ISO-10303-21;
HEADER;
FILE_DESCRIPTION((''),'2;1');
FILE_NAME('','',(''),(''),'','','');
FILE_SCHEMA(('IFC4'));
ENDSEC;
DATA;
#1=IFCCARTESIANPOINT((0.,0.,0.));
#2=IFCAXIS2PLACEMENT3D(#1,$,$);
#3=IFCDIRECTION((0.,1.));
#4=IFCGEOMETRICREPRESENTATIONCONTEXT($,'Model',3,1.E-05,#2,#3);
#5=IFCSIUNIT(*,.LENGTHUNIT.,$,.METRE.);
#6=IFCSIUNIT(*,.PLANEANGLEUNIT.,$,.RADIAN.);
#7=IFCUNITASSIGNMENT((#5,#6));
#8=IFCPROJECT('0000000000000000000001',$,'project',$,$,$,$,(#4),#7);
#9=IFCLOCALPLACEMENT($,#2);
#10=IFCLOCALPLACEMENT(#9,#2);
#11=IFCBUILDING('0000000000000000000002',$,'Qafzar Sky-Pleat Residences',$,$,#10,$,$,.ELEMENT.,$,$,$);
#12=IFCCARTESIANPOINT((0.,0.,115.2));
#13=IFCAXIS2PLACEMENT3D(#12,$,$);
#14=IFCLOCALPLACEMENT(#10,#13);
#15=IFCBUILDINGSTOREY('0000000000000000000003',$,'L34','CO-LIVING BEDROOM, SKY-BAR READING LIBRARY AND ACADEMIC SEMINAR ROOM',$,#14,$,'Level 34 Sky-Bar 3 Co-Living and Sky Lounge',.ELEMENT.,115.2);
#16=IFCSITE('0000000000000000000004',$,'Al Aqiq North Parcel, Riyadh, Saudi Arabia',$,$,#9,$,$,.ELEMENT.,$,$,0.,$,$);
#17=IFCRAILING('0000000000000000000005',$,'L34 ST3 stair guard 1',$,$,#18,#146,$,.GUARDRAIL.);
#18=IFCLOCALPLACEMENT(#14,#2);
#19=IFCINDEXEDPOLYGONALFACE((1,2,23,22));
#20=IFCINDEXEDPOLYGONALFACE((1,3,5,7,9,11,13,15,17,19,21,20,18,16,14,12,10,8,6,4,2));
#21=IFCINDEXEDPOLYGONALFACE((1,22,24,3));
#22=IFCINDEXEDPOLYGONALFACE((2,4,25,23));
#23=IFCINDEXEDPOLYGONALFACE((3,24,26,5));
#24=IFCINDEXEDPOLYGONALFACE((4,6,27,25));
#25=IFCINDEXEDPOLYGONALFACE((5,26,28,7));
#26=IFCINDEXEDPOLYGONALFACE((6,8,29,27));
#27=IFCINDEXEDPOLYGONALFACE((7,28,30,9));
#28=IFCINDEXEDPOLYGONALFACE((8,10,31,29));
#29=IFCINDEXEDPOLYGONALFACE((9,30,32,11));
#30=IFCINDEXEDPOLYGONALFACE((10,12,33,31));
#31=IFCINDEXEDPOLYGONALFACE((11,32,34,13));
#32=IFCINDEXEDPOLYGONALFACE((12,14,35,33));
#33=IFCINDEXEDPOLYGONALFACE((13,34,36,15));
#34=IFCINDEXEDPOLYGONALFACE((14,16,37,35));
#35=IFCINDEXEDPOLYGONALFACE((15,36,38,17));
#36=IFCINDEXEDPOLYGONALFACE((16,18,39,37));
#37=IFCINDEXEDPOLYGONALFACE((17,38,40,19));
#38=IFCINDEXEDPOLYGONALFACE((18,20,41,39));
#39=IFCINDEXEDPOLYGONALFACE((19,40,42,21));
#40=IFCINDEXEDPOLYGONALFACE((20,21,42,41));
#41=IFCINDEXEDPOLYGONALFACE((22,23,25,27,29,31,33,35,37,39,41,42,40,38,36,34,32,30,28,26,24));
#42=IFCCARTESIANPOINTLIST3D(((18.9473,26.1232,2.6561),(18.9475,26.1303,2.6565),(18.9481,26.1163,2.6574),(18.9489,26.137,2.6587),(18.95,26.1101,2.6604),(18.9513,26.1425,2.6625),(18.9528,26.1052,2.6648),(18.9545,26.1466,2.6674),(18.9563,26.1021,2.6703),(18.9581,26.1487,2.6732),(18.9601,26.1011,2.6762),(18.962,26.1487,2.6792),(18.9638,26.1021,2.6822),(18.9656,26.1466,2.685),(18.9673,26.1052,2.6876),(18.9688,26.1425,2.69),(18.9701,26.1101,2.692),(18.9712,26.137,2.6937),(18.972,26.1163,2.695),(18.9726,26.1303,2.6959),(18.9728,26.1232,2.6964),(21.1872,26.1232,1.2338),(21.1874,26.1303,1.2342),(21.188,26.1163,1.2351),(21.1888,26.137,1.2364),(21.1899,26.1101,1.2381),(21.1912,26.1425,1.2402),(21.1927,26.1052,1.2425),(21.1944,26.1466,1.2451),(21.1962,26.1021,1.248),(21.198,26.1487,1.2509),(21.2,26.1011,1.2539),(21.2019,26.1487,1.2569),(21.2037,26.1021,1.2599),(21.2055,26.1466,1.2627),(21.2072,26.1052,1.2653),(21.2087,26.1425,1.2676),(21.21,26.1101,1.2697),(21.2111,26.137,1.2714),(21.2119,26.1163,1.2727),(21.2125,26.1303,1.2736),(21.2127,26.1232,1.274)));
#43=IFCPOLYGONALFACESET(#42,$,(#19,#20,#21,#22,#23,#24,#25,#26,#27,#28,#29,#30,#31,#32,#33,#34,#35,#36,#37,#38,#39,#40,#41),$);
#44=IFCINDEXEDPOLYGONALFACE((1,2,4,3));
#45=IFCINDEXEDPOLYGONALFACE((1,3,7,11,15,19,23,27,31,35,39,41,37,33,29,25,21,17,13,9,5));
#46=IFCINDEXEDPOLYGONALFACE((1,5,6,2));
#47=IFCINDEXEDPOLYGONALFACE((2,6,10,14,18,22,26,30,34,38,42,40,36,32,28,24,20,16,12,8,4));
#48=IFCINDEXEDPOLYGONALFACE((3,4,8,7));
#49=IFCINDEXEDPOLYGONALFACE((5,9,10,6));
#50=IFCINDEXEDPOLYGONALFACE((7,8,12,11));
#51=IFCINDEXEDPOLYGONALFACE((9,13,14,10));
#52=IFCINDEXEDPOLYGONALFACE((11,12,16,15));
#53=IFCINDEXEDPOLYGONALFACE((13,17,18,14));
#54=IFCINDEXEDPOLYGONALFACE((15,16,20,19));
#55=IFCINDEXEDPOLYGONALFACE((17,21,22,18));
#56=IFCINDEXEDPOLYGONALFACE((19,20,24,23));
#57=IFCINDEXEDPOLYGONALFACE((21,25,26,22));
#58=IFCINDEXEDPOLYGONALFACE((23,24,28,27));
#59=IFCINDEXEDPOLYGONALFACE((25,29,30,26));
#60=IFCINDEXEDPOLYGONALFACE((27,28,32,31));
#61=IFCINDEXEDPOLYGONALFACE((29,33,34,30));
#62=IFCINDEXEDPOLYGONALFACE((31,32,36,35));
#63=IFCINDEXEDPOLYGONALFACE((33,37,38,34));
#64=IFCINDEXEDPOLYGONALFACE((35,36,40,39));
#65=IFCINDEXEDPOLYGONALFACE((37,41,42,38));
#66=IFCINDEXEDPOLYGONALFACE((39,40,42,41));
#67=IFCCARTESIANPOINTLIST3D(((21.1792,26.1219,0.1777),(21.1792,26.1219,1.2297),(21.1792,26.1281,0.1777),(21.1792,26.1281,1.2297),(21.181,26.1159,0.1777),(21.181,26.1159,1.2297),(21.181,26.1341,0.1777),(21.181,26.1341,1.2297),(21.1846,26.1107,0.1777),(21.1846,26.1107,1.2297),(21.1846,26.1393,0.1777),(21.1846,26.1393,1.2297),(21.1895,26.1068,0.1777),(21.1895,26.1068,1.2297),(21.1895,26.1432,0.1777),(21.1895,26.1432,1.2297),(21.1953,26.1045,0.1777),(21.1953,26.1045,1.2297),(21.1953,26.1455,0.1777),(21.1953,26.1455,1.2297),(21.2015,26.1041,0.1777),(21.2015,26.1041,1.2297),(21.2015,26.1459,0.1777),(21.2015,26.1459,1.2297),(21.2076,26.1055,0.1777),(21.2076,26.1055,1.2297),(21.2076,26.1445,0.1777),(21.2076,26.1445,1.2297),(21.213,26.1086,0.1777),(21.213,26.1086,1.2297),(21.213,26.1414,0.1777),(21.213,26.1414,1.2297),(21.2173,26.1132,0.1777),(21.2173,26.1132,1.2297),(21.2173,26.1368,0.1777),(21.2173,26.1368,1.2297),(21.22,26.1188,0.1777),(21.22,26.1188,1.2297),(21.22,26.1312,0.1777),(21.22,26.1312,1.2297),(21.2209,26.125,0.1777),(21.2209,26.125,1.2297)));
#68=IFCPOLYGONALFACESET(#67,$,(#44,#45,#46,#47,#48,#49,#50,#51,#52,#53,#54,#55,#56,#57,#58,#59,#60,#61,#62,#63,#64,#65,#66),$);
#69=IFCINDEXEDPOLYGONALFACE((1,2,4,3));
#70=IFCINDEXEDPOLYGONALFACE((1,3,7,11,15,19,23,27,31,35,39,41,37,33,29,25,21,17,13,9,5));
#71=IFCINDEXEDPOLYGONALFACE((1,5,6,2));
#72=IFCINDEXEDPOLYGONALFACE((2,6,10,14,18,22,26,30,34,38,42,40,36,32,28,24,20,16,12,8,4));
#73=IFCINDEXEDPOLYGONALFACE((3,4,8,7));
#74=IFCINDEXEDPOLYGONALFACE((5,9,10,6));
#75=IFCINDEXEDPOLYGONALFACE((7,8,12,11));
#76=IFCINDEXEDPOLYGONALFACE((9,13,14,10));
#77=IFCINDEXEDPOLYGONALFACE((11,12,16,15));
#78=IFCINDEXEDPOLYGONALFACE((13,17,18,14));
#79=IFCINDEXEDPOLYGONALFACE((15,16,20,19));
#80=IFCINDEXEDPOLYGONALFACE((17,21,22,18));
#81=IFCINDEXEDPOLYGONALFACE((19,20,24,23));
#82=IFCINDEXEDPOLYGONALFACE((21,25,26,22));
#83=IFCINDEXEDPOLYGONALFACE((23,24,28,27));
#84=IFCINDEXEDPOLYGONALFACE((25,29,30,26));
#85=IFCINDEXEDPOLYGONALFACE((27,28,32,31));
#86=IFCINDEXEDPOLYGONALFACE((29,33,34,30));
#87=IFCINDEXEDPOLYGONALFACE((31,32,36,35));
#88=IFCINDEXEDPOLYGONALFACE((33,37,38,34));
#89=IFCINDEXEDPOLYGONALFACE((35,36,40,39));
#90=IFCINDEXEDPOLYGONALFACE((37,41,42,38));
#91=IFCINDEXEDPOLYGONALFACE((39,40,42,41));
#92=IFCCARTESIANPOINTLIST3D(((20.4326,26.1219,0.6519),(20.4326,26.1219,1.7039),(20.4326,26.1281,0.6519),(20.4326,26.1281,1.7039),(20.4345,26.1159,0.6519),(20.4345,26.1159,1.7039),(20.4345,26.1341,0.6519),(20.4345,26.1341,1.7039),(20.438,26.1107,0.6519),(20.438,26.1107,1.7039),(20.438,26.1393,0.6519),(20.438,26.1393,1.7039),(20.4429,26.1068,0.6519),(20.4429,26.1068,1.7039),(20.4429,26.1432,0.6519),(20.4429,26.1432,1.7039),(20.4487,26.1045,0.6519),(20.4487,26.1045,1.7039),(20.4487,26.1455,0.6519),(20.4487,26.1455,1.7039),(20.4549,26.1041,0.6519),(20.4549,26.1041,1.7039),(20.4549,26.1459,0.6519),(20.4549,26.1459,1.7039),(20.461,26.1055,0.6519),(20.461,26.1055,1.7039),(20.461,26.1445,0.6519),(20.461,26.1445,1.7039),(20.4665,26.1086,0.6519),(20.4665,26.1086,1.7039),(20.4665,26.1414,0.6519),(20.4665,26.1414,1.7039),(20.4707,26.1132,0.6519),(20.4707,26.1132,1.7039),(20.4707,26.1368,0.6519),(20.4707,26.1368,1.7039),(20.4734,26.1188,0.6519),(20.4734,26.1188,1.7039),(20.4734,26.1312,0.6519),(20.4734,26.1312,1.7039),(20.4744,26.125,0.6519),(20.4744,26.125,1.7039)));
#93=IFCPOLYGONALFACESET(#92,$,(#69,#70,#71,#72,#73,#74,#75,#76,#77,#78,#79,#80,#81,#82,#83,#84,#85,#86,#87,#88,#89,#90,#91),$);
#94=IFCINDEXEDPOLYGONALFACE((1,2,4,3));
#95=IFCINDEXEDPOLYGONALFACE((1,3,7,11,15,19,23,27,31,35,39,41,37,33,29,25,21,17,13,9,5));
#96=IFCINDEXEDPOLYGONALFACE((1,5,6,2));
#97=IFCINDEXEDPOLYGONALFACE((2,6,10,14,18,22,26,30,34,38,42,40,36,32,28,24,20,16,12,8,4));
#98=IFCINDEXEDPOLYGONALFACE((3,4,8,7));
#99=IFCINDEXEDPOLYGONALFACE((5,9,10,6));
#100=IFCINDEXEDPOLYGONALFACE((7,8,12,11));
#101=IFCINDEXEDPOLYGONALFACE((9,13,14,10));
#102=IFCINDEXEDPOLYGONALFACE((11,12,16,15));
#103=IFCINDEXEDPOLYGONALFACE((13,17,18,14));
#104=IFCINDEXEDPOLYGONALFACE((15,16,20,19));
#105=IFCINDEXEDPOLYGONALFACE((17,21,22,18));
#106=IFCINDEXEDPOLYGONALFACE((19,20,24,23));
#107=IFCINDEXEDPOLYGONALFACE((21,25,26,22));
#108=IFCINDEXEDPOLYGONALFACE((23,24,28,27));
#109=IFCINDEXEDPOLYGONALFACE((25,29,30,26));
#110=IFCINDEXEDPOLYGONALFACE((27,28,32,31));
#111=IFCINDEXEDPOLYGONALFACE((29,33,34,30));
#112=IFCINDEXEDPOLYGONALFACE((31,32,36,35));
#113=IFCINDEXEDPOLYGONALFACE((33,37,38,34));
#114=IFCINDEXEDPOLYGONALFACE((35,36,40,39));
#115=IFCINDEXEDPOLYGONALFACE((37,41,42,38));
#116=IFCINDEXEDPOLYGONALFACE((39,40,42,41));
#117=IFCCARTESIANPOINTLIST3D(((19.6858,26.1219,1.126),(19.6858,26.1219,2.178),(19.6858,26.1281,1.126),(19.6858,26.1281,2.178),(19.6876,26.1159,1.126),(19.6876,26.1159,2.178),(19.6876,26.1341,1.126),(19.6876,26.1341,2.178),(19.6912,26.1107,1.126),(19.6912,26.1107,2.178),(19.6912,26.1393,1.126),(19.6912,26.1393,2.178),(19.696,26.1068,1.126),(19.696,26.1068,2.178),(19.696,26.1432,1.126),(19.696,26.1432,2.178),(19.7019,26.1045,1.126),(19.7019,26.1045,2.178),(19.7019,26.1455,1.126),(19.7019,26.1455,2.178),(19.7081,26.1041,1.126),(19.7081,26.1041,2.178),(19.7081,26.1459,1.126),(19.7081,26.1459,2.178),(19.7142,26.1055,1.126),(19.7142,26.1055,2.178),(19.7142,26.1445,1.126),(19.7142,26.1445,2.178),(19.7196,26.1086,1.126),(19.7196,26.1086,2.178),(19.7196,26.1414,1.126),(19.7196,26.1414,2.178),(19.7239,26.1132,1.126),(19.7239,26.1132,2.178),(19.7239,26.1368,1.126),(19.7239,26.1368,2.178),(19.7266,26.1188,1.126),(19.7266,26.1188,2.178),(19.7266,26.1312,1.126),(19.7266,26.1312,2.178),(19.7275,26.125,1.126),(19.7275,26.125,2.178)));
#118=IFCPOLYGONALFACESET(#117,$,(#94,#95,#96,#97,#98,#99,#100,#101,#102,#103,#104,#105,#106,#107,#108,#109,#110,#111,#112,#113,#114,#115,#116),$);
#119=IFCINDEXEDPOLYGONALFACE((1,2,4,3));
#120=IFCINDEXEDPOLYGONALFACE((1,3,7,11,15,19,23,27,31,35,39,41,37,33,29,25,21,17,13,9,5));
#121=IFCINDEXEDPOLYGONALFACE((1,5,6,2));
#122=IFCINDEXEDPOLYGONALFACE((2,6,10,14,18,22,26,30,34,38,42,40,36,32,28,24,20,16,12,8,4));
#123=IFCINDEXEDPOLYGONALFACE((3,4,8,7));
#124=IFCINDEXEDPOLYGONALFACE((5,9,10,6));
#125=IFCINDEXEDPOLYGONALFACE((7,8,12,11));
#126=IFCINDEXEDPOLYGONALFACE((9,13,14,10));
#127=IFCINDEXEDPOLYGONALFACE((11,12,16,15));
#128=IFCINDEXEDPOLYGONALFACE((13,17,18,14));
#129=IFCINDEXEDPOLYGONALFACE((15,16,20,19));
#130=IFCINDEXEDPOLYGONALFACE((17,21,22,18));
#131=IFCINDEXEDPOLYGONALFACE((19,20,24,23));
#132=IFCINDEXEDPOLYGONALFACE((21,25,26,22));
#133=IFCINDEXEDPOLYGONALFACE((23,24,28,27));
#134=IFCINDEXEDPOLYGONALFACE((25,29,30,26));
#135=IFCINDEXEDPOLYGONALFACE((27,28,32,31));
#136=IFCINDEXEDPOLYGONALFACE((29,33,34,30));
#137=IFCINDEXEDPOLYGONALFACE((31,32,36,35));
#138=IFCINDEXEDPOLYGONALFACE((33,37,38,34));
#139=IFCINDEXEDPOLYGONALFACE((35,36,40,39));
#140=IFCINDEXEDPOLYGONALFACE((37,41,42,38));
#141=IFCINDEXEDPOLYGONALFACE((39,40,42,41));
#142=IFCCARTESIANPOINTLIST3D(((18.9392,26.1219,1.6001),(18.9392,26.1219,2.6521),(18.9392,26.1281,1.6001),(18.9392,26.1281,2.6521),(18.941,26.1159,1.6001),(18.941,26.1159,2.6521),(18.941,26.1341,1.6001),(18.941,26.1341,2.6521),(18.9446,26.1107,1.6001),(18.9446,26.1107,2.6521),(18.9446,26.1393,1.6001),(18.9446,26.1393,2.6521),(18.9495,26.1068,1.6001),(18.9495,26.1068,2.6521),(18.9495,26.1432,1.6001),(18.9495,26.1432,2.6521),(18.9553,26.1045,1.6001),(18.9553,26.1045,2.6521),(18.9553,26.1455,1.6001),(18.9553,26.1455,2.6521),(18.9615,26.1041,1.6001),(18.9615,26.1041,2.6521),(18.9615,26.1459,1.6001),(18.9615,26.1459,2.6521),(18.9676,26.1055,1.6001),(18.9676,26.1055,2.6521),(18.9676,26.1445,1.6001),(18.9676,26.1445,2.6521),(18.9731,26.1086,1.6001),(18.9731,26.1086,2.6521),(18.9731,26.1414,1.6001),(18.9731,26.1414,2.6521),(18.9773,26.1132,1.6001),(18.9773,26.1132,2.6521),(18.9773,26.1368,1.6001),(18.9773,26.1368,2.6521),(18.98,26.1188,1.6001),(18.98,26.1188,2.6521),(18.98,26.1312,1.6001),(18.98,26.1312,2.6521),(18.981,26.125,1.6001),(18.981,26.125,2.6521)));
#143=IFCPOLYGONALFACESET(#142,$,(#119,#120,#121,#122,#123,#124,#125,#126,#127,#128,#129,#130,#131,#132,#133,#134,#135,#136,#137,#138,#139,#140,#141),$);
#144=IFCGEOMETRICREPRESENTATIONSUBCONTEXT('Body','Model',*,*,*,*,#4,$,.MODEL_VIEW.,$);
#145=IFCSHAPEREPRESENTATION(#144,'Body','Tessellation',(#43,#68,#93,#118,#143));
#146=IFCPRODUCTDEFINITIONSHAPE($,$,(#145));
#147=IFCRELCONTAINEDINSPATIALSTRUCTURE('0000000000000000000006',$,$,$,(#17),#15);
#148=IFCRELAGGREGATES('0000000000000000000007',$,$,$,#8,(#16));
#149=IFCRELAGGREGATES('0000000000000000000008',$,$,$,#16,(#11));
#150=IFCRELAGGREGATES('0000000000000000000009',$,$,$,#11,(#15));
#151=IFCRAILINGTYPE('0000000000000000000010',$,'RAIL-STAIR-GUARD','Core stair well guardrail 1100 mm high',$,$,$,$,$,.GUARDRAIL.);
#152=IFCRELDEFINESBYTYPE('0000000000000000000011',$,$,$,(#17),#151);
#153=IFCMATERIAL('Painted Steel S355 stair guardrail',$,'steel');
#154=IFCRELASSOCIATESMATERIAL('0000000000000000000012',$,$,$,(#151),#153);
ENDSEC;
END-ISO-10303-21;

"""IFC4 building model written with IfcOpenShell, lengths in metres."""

from ifc_helpers import new_model, si_unit, direction, frame, origin, origin_2d, place, context, subcontext, project, spatial, circle, extrude, source, transform, mapped, material, type_object, element, save


model = new_model("IFC4")

# Units and contexts
model_context = context("Model", 3, precision=1e-05, world=origin(), true_north=direction((0.0, 1.0)))
body_context = subcontext(model_context, "Body", "Model", "MODEL_VIEW")
ifc_project = project(units=[si_unit("LENGTHUNIT", "METRE"), si_unit("PLANEANGLEUNIT", "RADIAN")], contexts=[model_context])

# Site, building, storey
site_placement = place(None, origin())
site = spatial("IfcSite", under=ifc_project, at=site_placement, Name="Al Aqiq North Parcel, Riyadh, Saudi Arabia", CompositionType="ELEMENT", RefElevation=0.0)
building_placement = place(site_placement, origin())
building = spatial("IfcBuilding", under=site, at=building_placement, Name="Qafzar Sky-Pleat Residences", CompositionType="ELEMENT")
storey_placement = place(building_placement, frame((0.0, 0.0, 115.2)))
storey = spatial("IfcBuildingStorey", under=building, at=storey_placement, Name="L34", Description="CO-LIVING BEDROOM, SKY-BAR READING LIBRARY AND ACADEMIC SEMINAR ROOM", LongName="Level 34 Sky-Bar 3 Co-Living and Sky Lounge", CompositionType="ELEMENT", Elevation=115.2)

# Railing
ifc_material_1 = material(Name="Painted Steel S355 stair guardrail", Category="steel")
railing_type_1 = type_object("IfcRailingType", Name="RAIL-STAIR-GUARD", Description="Core stair well guardrail 1100 mm high", PredefinedType="GUARDRAIL", material=ifc_material_1)
shared_shape_1 = source(origin(), body_context, "Body", "SweptSolid", [
    extrude(circle(Radius=0.0239, at=origin_2d()), frame((0.0, 0.0, 1.0762), z_axis=(-0.844188, 0.0, 0.536048), x_axis=(0.0, -1.0, 0.0)), (0.0, 0.0, 1.0), 2.6533),
    extrude(circle(Radius=0.021, at=origin_2d()), origin(), (0.0, 0.0, 1.0), 1.052),
    extrude(circle(Radius=0.021, at=origin_2d()), frame((-0.7466, 0.0, 0.4741)), (0.0, 0.0, 1.0), 1.052),
    extrude(circle(Radius=0.021, at=origin_2d()), frame((-1.4934, 0.0, 0.9482)), (0.0, 0.0, 1.0), 1.052),
    extrude(circle(Radius=0.021, at=origin_2d()), frame((-2.24, 0.0, 1.4224)), (0.0, 0.0, 1.0), 1.052),
])
railing_1_placement = place(storey_placement, frame((21.2, 26.125, 0.1777)))
element("IfcRailing", 1, at=railing_1_placement, inside=storey, type_object=railing_type_1, Name="L34 ST3 stair guard 1", PredefinedType="GUARDRAIL", context=body_context, shape_type="MappedRepresentation", body=[
    mapped(shared_shape_1, transform((0.0, 0.0, 0.0), x_axis=(1.0, 0.0, 0.0), y_axis=(0.0, 1.0, 0.0), z_axis=(0.0, 0.0, 1.0), scale=1.0)),
])

save(model, "model.ifc")
